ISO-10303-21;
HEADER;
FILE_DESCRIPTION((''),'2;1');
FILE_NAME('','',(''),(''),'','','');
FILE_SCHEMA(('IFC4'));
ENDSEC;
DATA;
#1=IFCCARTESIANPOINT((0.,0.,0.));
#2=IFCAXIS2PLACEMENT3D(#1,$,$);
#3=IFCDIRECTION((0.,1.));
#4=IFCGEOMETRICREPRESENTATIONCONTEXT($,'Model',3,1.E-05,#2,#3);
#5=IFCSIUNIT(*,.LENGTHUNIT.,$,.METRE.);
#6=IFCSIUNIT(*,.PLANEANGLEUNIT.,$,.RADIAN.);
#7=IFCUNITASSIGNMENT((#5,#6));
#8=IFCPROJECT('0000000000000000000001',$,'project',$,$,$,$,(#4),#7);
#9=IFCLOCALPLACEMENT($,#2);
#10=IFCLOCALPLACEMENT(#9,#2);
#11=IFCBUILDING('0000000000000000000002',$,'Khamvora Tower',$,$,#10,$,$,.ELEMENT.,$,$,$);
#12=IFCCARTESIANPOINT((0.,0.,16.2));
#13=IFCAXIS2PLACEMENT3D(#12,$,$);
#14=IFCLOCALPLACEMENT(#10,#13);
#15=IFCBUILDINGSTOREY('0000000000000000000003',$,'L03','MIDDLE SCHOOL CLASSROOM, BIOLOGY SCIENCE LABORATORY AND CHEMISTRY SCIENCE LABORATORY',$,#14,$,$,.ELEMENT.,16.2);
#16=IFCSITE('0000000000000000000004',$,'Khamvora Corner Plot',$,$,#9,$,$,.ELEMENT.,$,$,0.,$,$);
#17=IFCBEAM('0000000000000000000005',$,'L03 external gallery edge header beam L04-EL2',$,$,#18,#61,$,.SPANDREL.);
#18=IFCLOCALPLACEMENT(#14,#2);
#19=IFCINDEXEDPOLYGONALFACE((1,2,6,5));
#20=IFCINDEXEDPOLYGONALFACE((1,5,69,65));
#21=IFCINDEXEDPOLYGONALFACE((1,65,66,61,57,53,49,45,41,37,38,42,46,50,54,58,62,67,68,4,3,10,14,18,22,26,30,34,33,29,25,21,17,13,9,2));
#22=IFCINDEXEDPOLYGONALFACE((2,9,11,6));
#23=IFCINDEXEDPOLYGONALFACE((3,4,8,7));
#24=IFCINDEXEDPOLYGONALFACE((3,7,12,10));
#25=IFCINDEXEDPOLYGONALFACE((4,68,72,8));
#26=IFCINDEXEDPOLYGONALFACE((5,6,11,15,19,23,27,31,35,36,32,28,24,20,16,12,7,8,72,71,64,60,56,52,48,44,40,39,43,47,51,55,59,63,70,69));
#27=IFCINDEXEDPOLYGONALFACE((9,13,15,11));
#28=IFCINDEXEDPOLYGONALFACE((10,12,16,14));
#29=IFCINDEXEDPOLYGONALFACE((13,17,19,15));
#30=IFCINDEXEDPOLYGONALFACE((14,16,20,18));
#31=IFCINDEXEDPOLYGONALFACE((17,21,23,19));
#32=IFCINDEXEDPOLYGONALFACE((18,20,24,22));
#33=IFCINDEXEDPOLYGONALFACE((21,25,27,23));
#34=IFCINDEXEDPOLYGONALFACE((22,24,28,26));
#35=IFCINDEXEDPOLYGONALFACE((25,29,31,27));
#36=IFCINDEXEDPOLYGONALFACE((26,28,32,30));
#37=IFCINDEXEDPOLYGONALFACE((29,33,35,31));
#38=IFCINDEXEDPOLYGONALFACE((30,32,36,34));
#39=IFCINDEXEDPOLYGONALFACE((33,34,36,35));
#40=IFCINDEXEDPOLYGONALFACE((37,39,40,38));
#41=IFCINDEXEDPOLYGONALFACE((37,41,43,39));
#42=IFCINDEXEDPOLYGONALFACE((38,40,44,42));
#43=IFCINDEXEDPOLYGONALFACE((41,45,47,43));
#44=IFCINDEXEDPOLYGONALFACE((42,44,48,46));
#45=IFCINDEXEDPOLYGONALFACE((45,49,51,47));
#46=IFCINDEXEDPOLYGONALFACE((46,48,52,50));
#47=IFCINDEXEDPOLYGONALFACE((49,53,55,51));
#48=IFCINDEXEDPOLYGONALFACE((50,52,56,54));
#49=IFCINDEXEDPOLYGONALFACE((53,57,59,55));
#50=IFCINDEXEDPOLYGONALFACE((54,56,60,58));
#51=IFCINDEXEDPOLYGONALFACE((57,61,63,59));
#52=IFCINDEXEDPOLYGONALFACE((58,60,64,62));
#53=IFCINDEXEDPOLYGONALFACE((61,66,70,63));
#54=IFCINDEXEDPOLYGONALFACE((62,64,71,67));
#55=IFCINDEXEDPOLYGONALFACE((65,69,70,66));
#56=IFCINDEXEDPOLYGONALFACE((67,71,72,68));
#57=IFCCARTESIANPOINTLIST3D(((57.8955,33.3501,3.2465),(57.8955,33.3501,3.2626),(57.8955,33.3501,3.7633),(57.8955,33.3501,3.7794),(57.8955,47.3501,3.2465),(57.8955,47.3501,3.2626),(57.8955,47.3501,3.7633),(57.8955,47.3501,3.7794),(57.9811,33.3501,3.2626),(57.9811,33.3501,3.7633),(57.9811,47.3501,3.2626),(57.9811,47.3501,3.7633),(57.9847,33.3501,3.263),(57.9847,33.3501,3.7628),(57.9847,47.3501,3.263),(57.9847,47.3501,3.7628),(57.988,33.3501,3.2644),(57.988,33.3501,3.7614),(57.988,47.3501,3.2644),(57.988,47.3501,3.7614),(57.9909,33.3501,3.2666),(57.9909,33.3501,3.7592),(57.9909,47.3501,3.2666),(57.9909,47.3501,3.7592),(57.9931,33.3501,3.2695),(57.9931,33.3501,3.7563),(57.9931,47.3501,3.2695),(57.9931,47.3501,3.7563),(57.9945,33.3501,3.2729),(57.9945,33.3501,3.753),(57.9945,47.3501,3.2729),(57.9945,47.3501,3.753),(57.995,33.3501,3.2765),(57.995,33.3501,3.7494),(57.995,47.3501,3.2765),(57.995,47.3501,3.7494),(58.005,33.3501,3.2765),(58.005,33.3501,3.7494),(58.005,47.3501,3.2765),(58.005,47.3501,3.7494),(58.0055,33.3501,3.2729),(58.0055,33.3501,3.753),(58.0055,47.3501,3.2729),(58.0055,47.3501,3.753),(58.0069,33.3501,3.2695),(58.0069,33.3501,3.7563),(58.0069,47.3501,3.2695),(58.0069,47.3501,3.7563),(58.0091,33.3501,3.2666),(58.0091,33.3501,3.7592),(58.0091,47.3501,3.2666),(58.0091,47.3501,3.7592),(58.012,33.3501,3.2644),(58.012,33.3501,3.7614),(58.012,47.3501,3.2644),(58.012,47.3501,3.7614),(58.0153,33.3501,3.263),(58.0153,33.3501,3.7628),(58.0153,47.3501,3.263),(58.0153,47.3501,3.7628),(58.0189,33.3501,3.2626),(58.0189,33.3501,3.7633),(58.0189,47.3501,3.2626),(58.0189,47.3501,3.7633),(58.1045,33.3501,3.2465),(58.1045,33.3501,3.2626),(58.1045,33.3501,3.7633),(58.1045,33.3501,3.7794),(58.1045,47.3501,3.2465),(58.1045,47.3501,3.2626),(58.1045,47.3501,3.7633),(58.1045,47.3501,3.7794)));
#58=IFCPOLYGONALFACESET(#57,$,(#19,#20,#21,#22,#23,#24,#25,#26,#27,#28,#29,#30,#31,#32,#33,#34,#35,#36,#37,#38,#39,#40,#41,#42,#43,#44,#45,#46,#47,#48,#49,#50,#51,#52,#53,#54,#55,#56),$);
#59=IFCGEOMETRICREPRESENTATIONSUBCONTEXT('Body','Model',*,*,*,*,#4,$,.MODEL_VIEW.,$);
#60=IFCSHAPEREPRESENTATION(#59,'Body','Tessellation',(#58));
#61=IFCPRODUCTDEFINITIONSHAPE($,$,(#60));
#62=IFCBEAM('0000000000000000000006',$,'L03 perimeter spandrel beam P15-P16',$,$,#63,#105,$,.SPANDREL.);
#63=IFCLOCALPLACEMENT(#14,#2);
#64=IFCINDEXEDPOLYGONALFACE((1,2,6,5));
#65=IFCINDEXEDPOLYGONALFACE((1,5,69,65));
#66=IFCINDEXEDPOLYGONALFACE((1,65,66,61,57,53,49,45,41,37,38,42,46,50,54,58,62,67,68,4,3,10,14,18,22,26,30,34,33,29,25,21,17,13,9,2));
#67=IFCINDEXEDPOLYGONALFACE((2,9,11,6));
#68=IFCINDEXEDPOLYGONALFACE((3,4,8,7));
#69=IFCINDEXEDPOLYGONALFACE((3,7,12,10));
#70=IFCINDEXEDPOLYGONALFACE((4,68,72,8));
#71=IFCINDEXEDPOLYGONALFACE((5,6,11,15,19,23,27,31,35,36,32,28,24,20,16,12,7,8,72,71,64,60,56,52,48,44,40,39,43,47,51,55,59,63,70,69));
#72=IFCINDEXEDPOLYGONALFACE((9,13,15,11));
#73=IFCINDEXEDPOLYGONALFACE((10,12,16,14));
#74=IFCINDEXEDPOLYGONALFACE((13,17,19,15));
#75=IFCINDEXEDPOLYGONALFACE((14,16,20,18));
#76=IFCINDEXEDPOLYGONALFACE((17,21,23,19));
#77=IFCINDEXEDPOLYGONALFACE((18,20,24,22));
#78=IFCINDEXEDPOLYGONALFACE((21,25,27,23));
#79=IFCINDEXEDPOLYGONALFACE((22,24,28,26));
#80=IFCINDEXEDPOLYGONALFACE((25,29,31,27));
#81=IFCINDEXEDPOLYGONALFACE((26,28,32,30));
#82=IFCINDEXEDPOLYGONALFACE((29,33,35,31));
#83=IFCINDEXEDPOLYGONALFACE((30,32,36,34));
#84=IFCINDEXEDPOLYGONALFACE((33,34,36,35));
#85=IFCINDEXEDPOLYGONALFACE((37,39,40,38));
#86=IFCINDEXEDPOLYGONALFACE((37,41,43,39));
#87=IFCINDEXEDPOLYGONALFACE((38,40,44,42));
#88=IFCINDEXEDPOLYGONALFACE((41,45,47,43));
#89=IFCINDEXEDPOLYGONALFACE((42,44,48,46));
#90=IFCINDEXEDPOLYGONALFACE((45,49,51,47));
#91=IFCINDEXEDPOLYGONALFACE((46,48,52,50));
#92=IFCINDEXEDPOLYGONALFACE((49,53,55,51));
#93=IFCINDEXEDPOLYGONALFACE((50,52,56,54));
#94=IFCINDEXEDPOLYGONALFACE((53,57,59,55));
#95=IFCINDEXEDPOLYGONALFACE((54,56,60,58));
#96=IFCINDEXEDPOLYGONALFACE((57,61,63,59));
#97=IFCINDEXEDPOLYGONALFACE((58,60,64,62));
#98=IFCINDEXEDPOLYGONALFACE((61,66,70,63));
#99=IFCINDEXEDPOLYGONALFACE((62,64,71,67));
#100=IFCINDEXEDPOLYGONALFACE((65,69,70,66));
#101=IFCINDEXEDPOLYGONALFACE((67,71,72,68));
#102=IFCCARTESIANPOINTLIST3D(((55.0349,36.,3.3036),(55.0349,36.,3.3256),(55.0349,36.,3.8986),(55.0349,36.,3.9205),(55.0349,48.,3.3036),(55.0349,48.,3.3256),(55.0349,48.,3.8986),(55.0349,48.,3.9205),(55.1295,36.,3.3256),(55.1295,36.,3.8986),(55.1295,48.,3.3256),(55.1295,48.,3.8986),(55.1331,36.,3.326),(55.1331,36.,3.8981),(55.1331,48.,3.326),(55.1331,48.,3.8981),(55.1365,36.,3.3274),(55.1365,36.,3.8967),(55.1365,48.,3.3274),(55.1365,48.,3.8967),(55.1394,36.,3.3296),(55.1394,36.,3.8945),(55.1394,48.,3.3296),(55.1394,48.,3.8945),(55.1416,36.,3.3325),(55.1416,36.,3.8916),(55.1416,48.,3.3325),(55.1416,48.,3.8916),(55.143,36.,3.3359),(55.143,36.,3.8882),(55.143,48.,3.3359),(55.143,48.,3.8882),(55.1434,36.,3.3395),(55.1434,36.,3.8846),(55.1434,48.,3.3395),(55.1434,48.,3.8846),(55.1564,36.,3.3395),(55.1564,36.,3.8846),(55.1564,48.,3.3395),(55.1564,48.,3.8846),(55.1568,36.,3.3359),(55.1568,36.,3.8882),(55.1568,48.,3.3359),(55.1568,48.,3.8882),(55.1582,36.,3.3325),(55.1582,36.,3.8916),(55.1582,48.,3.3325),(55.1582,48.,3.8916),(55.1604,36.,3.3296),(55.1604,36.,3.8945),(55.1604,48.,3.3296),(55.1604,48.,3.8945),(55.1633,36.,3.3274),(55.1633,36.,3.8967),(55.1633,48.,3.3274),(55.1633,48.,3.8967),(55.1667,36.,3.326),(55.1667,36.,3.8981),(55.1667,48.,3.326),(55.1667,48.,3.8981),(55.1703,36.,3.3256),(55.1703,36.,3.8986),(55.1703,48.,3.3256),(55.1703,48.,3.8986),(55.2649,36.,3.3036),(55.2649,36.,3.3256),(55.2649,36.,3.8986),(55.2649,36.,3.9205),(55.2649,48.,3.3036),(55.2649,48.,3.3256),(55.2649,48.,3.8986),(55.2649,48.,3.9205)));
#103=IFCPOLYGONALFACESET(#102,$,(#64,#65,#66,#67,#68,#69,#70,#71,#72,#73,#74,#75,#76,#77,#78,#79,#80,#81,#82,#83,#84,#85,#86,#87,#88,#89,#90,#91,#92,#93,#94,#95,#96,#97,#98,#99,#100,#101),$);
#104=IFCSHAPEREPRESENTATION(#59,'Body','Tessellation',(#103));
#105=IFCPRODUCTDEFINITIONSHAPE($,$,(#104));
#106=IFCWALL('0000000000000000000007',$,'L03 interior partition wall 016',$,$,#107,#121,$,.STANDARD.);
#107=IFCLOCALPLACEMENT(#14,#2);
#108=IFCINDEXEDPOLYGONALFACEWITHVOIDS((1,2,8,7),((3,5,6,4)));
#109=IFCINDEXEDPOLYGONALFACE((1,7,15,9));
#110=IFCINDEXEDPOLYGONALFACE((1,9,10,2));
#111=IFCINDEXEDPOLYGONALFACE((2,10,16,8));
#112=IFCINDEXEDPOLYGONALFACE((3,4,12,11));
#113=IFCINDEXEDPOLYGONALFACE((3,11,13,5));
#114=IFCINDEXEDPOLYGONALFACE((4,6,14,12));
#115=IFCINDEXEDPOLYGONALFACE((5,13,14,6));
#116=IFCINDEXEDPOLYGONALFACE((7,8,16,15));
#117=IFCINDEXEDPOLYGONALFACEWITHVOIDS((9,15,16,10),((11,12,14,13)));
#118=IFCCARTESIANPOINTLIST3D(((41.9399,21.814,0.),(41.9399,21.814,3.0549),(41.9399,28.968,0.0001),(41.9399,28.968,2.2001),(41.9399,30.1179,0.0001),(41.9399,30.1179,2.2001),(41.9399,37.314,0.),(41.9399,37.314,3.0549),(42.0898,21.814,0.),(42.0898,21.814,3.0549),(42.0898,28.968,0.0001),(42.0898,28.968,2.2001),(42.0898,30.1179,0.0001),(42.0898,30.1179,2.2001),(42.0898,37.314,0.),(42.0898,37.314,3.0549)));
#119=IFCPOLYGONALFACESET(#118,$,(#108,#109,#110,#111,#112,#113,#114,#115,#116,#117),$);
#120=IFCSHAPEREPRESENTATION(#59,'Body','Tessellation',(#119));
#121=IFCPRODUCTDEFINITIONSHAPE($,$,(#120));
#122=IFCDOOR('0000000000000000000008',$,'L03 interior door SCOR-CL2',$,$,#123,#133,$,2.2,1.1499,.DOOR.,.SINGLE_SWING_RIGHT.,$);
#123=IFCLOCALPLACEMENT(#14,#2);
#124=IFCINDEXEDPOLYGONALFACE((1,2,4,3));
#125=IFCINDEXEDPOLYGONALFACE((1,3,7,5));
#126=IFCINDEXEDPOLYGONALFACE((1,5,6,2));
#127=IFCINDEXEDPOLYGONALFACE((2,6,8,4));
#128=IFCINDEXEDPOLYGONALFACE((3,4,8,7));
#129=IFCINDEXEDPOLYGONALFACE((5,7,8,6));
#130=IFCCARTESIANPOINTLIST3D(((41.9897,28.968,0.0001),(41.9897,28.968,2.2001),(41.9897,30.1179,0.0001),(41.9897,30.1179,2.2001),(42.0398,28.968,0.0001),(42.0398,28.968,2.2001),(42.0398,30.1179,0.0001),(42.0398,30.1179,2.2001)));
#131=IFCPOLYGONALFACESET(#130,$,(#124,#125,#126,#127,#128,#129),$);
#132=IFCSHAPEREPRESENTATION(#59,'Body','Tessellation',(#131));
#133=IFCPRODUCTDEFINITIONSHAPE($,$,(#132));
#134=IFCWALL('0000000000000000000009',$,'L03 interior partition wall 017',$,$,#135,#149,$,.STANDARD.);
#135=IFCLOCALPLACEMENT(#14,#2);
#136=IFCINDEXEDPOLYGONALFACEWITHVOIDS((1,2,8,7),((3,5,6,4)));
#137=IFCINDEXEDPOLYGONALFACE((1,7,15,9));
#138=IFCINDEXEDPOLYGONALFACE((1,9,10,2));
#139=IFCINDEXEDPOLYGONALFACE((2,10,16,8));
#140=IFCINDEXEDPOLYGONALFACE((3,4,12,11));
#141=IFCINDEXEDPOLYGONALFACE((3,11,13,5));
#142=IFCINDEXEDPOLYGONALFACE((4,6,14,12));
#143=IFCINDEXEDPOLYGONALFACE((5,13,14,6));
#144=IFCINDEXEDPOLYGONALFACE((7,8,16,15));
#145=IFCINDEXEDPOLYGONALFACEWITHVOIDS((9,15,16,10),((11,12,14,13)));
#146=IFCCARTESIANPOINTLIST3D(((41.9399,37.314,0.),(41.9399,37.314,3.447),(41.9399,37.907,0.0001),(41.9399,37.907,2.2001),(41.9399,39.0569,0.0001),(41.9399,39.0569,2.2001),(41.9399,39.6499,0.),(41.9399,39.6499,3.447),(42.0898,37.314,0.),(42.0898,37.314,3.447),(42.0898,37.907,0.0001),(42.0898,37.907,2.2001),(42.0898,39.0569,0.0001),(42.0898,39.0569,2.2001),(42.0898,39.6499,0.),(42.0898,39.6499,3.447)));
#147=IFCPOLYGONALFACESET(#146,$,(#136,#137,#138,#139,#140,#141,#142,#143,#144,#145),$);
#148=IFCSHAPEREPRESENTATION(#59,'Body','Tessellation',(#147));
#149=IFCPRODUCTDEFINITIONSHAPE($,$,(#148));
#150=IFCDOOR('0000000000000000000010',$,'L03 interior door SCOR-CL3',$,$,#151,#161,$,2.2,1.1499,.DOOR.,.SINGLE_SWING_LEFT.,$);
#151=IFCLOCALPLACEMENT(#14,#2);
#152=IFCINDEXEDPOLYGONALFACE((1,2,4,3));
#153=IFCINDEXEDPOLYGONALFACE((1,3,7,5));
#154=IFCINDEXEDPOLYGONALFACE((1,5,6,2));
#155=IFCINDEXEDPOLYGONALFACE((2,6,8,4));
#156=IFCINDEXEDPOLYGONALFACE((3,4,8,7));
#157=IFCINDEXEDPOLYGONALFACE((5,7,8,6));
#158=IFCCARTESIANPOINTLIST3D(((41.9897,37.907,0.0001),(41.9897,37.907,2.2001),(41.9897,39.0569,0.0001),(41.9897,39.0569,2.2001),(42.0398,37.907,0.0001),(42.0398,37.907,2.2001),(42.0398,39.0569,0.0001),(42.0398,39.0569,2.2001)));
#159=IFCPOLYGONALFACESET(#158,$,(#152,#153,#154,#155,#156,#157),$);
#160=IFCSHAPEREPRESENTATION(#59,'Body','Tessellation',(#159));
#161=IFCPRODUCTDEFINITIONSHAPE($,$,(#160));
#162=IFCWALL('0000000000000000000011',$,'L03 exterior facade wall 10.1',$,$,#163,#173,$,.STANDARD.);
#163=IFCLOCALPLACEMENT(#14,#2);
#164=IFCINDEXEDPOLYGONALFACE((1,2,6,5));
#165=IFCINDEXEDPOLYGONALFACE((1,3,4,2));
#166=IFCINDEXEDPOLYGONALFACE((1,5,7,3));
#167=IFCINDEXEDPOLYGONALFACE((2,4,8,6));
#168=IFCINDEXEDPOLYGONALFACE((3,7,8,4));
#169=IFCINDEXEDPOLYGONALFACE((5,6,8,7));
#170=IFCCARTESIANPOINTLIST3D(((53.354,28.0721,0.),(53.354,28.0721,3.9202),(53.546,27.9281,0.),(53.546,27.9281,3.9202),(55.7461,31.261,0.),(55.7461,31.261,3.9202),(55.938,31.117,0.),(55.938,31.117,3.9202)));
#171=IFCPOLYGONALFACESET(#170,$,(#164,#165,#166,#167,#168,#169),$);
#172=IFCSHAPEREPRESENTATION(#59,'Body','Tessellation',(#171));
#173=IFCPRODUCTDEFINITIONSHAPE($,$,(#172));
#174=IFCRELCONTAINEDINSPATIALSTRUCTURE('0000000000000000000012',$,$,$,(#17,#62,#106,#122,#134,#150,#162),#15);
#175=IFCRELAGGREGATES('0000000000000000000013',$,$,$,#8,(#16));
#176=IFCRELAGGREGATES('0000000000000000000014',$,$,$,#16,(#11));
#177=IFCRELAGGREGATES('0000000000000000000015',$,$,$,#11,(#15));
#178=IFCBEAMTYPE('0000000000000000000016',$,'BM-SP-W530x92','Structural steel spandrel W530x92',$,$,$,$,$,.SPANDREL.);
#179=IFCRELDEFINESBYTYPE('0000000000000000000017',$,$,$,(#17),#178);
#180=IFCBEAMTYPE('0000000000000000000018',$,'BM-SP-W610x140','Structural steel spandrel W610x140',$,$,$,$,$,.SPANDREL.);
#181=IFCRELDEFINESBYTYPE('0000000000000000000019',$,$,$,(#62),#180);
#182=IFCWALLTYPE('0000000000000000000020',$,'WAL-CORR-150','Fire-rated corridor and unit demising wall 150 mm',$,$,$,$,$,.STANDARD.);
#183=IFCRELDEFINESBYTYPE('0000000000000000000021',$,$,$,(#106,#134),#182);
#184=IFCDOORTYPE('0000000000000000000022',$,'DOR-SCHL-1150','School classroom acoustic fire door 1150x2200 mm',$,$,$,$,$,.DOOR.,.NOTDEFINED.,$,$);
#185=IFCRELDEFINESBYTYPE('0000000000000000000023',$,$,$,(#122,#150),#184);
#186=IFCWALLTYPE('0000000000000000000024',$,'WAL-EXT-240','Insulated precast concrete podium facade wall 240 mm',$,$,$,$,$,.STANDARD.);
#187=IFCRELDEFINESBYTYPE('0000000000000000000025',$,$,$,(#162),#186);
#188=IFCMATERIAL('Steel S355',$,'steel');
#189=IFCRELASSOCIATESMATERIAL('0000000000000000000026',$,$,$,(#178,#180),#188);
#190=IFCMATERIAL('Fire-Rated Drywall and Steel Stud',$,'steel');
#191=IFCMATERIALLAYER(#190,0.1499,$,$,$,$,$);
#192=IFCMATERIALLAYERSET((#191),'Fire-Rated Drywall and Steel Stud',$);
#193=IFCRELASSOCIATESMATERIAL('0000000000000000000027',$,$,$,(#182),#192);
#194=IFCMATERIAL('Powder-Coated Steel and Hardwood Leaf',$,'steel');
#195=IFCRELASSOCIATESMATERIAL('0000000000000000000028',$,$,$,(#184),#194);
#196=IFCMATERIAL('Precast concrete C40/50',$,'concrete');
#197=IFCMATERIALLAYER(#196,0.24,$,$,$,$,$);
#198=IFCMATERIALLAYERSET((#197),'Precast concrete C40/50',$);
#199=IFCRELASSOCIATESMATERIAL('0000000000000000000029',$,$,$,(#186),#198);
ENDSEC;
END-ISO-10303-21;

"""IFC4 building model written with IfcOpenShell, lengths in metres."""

from ifc_helpers import new_model, si_unit, direction, frame, frame_2d, origin, origin_2d, place, context, subcontext, project, spatial, rectangle, i_section, extrude, material, layer, layer_set, material_profile, profile_set, type_object, element, fill, save


model = new_model("IFC4")

# Units and contexts
model_context = context("Model", 3, precision=1e-05, world=origin(), true_north=direction((0.0, 1.0)))
body_context = subcontext(model_context, "Body", "Model", "MODEL_VIEW")
ifc_project = project(units=[si_unit("LENGTHUNIT", "METRE"), si_unit("PLANEANGLEUNIT", "RADIAN")], contexts=[model_context])

# Site, building, storey
site_placement = place(None, origin())
site = spatial("IfcSite", under=ifc_project, at=site_placement, Name="Khamvora Corner Plot", CompositionType="ELEMENT", RefElevation=0.0)
building_placement = place(site_placement, origin())
building = spatial("IfcBuilding", under=site, at=building_placement, Name="Khamvora Tower", CompositionType="ELEMENT")
storey_placement = place(building_placement, frame((0.0, 0.0, 16.2)))
storey = spatial("IfcBuildingStorey", under=building, at=storey_placement, Name="L03", Description="MIDDLE SCHOOL CLASSROOM, BIOLOGY SCIENCE LABORATORY AND CHEMISTRY SCIENCE LABORATORY", CompositionType="ELEMENT", Elevation=16.2)

# Beams
ifc_material_1 = material(Name="Steel S355", Category="steel")
ifc_material_profile_1 = material_profile(ifc_material_1, i_section(OverallWidth=0.209, OverallDepth=0.533, WebThickness=0.01, FlangeThickness=0.0161, FilletRadius=0.0139, at=origin_2d()), Name="W530x92")
ifc_profile_set_1 = profile_set([ifc_material_profile_1], Name="Steel S355")
beam_type_1 = type_object("IfcBeamType", Name="BM-SP-W530x92", Description="Structural steel spandrel W530x92", PredefinedType="SPANDREL", material=ifc_profile_set_1)
beam_1_placement = place(storey_placement, frame((58.0, 33.3501, 3.5129), z_axis=(0.0, 1.0, 0.0), x_axis=(-1.0, 0.0, 0.0)))
element("IfcBeam", 1, at=beam_1_placement, inside=storey, type_object=beam_type_1, Name="L03 external gallery edge header beam L04-EL2", PredefinedType="SPANDREL", context=body_context, shape_type="SweptSolid", body=[
    extrude(i_section(OverallWidth=0.209, OverallDepth=0.533, WebThickness=0.01, FlangeThickness=0.0161, FilletRadius=0.0139, at=origin_2d()), origin(), (0.0, 0.0, 1.0), 14.0),
])
ifc_material_profile_2 = material_profile(ifc_material_1, i_section(OverallWidth=0.23, OverallDepth=0.6169, WebThickness=0.0129, FlangeThickness=0.022, FilletRadius=0.0139, at=origin_2d()), Name="W610x140")
ifc_profile_set_2 = profile_set([ifc_material_profile_2], Name="Steel S355")
beam_type_2 = type_object("IfcBeamType", Name="BM-SP-W610x140", Description="Structural steel spandrel W610x140", PredefinedType="SPANDREL", material=ifc_profile_set_2)
beam_2_placement = place(storey_placement, frame((55.1499, 36.0, 3.6121), z_axis=(0.0, 1.0, 0.0), x_axis=(-1.0, 0.0, 0.0)))
element("IfcBeam", 2, at=beam_2_placement, inside=storey, type_object=beam_type_2, Name="L03 perimeter spandrel beam P15-P16", PredefinedType="SPANDREL", context=body_context, shape_type="SweptSolid", body=[
    extrude(i_section(OverallWidth=0.23, OverallDepth=0.6169, WebThickness=0.0129, FlangeThickness=0.022, FilletRadius=0.0139, at=origin_2d()), origin(), (0.0, 0.0, 1.0), 12.0),
])

# Walls, openings, doors
ifc_material_2 = material(Name="Fire-Rated Drywall and Steel Stud", Category="steel")
ifc_layer_1 = layer(ifc_material_2, 0.1499)
ifc_layer_set_1 = layer_set([ifc_layer_1], Name="Fire-Rated Drywall and Steel Stud")
wall_type_1 = type_object("IfcWallType", Name="WAL-CORR-150", Description="Fire-rated corridor and unit demising wall 150 mm", PredefinedType="STANDARD", material=ifc_layer_set_1)
wall_1_placement = place(storey_placement, frame((42.0149, 37.314, 0.0), z_axis=(0.0, 0.0, 1.0), x_axis=(0.0, -1.0, 0.0)))
wall_1 = element("IfcWall", 3, at=wall_1_placement, inside=storey, type_object=wall_type_1, Name="L03 interior partition wall 016", PredefinedType="STANDARD", context=body_context, shape_type="SweptSolid", body=[
    extrude(rectangle(XDim=15.5, YDim=0.1499, at=frame_2d((7.75, 0.0))), origin(), (0.0, 0.0, 1.0), 3.0549),
])
opening_1_placement = place(wall_1_placement, frame((7.196, 0.0, 0.0)))
opening_1 = element("IfcOpeningElement", 4, at=opening_1_placement, cuts=wall_1, PredefinedType="OPENING", context=body_context, shape_type="SweptSolid", body=[
    extrude(rectangle(XDim=1.1499, YDim=2.2, at=frame_2d((0.575, 1.1001))), frame((0.0, 0.085, 0.0), z_axis=(0.0, -1.0, 0.0), x_axis=(1.0, 0.0, 0.0)), (0.0, 0.0, 1.0), 0.1699),
])
ifc_material_3 = material(Name="Powder-Coated Steel and Hardwood Leaf", Category="steel")
door_type = type_object("IfcDoorType", Name="DOR-SCHL-1150", Description="School classroom acoustic fire door 1150x2200 mm", OperationType="NOTDEFINED", PredefinedType="DOOR", material=ifc_material_3)
door_1_placement = place(opening_1_placement, origin())
door_1 = element("IfcDoor", 5, at=door_1_placement, inside=storey, type_object=door_type, Name="L03 interior door SCOR-CL2", OperationType="SINGLE_SWING_RIGHT", OverallHeight=2.2, OverallWidth=1.1499, PredefinedType="DOOR", context=body_context, shape_type="SweptSolid", body=[
    extrude(rectangle(XDim=1.1499, YDim=2.2, at=frame_2d((0.575, 1.1001))), frame((0.0, 0.0249, 0.0), z_axis=(0.0, -1.0, 0.0), x_axis=(1.0, 0.0, 0.0)), (0.0, 0.0, 1.0), 0.05),
])
fill(opening_1, door_1)
wall_2_placement = place(storey_placement, frame((42.0149, 39.6499, 0.0), z_axis=(0.0, 0.0, 1.0), x_axis=(0.0, -1.0, 0.0)))
wall_2 = element("IfcWall", 6, at=wall_2_placement, inside=storey, type_object=wall_type_1, Name="L03 interior partition wall 017", PredefinedType="STANDARD", context=body_context, shape_type="SweptSolid", body=[
    extrude(rectangle(XDim=2.3359, YDim=0.1499, at=frame_2d((1.168, 0.0))), origin(), (0.0, 0.0, 1.0), 3.447),
])
opening_2_placement = place(wall_2_placement, frame((0.593, 0.0, 0.0)))
opening_2 = element("IfcOpeningElement", 7, at=opening_2_placement, cuts=wall_2, PredefinedType="OPENING", context=body_context, shape_type="SweptSolid", body=[
    extrude(rectangle(XDim=1.1499, YDim=2.2, at=frame_2d((0.575, 1.1001))), frame((0.0, 0.085, 0.0), z_axis=(0.0, -1.0, 0.0), x_axis=(1.0, 0.0, 0.0)), (0.0, 0.0, 1.0), 0.1699),
])
door_2_placement = place(opening_2_placement, origin())
door_2 = element("IfcDoor", 8, at=door_2_placement, inside=storey, type_object=door_type, Name="L03 interior door SCOR-CL3", OperationType="SINGLE_SWING_LEFT", OverallHeight=2.2, OverallWidth=1.1499, PredefinedType="DOOR", context=body_context, shape_type="SweptSolid", body=[
    extrude(rectangle(XDim=1.1499, YDim=2.2, at=frame_2d((0.575, 1.1001))), frame((0.0, 0.0249, 0.0), z_axis=(0.0, -1.0, 0.0), x_axis=(1.0, 0.0, 0.0)), (0.0, 0.0, 1.0), 0.05),
])
fill(opening_2, door_2)

# Wall
ifc_material_4 = material(Name="Precast concrete C40/50", Category="concrete")
ifc_layer_2 = layer(ifc_material_4, 0.24)
ifc_layer_set_2 = layer_set([ifc_layer_2], Name="Precast concrete C40/50")
wall_type_2 = type_object("IfcWallType", Name="WAL-EXT-240", Description="Insulated precast concrete podium facade wall 240 mm", PredefinedType="STANDARD", material=ifc_layer_set_2)
wall_3_placement = place(storey_placement, frame((55.842, 31.189, 0.0), z_axis=(0.0, 0.0, 1.0), x_axis=(-0.600059, -0.799956, 0.0)))
element("IfcWall", 9, at=wall_3_placement, inside=storey, type_object=wall_type_2, Name="L03 exterior facade wall 10.1", PredefinedType="STANDARD", context=body_context, shape_type="SweptSolid", body=[
    extrude(rectangle(XDim=3.9863, YDim=0.24, at=frame_2d((1.9932, 0.0))), origin(), (0.0, 0.0, 1.0), 3.9202),
])

save(model, "model.ifc")
